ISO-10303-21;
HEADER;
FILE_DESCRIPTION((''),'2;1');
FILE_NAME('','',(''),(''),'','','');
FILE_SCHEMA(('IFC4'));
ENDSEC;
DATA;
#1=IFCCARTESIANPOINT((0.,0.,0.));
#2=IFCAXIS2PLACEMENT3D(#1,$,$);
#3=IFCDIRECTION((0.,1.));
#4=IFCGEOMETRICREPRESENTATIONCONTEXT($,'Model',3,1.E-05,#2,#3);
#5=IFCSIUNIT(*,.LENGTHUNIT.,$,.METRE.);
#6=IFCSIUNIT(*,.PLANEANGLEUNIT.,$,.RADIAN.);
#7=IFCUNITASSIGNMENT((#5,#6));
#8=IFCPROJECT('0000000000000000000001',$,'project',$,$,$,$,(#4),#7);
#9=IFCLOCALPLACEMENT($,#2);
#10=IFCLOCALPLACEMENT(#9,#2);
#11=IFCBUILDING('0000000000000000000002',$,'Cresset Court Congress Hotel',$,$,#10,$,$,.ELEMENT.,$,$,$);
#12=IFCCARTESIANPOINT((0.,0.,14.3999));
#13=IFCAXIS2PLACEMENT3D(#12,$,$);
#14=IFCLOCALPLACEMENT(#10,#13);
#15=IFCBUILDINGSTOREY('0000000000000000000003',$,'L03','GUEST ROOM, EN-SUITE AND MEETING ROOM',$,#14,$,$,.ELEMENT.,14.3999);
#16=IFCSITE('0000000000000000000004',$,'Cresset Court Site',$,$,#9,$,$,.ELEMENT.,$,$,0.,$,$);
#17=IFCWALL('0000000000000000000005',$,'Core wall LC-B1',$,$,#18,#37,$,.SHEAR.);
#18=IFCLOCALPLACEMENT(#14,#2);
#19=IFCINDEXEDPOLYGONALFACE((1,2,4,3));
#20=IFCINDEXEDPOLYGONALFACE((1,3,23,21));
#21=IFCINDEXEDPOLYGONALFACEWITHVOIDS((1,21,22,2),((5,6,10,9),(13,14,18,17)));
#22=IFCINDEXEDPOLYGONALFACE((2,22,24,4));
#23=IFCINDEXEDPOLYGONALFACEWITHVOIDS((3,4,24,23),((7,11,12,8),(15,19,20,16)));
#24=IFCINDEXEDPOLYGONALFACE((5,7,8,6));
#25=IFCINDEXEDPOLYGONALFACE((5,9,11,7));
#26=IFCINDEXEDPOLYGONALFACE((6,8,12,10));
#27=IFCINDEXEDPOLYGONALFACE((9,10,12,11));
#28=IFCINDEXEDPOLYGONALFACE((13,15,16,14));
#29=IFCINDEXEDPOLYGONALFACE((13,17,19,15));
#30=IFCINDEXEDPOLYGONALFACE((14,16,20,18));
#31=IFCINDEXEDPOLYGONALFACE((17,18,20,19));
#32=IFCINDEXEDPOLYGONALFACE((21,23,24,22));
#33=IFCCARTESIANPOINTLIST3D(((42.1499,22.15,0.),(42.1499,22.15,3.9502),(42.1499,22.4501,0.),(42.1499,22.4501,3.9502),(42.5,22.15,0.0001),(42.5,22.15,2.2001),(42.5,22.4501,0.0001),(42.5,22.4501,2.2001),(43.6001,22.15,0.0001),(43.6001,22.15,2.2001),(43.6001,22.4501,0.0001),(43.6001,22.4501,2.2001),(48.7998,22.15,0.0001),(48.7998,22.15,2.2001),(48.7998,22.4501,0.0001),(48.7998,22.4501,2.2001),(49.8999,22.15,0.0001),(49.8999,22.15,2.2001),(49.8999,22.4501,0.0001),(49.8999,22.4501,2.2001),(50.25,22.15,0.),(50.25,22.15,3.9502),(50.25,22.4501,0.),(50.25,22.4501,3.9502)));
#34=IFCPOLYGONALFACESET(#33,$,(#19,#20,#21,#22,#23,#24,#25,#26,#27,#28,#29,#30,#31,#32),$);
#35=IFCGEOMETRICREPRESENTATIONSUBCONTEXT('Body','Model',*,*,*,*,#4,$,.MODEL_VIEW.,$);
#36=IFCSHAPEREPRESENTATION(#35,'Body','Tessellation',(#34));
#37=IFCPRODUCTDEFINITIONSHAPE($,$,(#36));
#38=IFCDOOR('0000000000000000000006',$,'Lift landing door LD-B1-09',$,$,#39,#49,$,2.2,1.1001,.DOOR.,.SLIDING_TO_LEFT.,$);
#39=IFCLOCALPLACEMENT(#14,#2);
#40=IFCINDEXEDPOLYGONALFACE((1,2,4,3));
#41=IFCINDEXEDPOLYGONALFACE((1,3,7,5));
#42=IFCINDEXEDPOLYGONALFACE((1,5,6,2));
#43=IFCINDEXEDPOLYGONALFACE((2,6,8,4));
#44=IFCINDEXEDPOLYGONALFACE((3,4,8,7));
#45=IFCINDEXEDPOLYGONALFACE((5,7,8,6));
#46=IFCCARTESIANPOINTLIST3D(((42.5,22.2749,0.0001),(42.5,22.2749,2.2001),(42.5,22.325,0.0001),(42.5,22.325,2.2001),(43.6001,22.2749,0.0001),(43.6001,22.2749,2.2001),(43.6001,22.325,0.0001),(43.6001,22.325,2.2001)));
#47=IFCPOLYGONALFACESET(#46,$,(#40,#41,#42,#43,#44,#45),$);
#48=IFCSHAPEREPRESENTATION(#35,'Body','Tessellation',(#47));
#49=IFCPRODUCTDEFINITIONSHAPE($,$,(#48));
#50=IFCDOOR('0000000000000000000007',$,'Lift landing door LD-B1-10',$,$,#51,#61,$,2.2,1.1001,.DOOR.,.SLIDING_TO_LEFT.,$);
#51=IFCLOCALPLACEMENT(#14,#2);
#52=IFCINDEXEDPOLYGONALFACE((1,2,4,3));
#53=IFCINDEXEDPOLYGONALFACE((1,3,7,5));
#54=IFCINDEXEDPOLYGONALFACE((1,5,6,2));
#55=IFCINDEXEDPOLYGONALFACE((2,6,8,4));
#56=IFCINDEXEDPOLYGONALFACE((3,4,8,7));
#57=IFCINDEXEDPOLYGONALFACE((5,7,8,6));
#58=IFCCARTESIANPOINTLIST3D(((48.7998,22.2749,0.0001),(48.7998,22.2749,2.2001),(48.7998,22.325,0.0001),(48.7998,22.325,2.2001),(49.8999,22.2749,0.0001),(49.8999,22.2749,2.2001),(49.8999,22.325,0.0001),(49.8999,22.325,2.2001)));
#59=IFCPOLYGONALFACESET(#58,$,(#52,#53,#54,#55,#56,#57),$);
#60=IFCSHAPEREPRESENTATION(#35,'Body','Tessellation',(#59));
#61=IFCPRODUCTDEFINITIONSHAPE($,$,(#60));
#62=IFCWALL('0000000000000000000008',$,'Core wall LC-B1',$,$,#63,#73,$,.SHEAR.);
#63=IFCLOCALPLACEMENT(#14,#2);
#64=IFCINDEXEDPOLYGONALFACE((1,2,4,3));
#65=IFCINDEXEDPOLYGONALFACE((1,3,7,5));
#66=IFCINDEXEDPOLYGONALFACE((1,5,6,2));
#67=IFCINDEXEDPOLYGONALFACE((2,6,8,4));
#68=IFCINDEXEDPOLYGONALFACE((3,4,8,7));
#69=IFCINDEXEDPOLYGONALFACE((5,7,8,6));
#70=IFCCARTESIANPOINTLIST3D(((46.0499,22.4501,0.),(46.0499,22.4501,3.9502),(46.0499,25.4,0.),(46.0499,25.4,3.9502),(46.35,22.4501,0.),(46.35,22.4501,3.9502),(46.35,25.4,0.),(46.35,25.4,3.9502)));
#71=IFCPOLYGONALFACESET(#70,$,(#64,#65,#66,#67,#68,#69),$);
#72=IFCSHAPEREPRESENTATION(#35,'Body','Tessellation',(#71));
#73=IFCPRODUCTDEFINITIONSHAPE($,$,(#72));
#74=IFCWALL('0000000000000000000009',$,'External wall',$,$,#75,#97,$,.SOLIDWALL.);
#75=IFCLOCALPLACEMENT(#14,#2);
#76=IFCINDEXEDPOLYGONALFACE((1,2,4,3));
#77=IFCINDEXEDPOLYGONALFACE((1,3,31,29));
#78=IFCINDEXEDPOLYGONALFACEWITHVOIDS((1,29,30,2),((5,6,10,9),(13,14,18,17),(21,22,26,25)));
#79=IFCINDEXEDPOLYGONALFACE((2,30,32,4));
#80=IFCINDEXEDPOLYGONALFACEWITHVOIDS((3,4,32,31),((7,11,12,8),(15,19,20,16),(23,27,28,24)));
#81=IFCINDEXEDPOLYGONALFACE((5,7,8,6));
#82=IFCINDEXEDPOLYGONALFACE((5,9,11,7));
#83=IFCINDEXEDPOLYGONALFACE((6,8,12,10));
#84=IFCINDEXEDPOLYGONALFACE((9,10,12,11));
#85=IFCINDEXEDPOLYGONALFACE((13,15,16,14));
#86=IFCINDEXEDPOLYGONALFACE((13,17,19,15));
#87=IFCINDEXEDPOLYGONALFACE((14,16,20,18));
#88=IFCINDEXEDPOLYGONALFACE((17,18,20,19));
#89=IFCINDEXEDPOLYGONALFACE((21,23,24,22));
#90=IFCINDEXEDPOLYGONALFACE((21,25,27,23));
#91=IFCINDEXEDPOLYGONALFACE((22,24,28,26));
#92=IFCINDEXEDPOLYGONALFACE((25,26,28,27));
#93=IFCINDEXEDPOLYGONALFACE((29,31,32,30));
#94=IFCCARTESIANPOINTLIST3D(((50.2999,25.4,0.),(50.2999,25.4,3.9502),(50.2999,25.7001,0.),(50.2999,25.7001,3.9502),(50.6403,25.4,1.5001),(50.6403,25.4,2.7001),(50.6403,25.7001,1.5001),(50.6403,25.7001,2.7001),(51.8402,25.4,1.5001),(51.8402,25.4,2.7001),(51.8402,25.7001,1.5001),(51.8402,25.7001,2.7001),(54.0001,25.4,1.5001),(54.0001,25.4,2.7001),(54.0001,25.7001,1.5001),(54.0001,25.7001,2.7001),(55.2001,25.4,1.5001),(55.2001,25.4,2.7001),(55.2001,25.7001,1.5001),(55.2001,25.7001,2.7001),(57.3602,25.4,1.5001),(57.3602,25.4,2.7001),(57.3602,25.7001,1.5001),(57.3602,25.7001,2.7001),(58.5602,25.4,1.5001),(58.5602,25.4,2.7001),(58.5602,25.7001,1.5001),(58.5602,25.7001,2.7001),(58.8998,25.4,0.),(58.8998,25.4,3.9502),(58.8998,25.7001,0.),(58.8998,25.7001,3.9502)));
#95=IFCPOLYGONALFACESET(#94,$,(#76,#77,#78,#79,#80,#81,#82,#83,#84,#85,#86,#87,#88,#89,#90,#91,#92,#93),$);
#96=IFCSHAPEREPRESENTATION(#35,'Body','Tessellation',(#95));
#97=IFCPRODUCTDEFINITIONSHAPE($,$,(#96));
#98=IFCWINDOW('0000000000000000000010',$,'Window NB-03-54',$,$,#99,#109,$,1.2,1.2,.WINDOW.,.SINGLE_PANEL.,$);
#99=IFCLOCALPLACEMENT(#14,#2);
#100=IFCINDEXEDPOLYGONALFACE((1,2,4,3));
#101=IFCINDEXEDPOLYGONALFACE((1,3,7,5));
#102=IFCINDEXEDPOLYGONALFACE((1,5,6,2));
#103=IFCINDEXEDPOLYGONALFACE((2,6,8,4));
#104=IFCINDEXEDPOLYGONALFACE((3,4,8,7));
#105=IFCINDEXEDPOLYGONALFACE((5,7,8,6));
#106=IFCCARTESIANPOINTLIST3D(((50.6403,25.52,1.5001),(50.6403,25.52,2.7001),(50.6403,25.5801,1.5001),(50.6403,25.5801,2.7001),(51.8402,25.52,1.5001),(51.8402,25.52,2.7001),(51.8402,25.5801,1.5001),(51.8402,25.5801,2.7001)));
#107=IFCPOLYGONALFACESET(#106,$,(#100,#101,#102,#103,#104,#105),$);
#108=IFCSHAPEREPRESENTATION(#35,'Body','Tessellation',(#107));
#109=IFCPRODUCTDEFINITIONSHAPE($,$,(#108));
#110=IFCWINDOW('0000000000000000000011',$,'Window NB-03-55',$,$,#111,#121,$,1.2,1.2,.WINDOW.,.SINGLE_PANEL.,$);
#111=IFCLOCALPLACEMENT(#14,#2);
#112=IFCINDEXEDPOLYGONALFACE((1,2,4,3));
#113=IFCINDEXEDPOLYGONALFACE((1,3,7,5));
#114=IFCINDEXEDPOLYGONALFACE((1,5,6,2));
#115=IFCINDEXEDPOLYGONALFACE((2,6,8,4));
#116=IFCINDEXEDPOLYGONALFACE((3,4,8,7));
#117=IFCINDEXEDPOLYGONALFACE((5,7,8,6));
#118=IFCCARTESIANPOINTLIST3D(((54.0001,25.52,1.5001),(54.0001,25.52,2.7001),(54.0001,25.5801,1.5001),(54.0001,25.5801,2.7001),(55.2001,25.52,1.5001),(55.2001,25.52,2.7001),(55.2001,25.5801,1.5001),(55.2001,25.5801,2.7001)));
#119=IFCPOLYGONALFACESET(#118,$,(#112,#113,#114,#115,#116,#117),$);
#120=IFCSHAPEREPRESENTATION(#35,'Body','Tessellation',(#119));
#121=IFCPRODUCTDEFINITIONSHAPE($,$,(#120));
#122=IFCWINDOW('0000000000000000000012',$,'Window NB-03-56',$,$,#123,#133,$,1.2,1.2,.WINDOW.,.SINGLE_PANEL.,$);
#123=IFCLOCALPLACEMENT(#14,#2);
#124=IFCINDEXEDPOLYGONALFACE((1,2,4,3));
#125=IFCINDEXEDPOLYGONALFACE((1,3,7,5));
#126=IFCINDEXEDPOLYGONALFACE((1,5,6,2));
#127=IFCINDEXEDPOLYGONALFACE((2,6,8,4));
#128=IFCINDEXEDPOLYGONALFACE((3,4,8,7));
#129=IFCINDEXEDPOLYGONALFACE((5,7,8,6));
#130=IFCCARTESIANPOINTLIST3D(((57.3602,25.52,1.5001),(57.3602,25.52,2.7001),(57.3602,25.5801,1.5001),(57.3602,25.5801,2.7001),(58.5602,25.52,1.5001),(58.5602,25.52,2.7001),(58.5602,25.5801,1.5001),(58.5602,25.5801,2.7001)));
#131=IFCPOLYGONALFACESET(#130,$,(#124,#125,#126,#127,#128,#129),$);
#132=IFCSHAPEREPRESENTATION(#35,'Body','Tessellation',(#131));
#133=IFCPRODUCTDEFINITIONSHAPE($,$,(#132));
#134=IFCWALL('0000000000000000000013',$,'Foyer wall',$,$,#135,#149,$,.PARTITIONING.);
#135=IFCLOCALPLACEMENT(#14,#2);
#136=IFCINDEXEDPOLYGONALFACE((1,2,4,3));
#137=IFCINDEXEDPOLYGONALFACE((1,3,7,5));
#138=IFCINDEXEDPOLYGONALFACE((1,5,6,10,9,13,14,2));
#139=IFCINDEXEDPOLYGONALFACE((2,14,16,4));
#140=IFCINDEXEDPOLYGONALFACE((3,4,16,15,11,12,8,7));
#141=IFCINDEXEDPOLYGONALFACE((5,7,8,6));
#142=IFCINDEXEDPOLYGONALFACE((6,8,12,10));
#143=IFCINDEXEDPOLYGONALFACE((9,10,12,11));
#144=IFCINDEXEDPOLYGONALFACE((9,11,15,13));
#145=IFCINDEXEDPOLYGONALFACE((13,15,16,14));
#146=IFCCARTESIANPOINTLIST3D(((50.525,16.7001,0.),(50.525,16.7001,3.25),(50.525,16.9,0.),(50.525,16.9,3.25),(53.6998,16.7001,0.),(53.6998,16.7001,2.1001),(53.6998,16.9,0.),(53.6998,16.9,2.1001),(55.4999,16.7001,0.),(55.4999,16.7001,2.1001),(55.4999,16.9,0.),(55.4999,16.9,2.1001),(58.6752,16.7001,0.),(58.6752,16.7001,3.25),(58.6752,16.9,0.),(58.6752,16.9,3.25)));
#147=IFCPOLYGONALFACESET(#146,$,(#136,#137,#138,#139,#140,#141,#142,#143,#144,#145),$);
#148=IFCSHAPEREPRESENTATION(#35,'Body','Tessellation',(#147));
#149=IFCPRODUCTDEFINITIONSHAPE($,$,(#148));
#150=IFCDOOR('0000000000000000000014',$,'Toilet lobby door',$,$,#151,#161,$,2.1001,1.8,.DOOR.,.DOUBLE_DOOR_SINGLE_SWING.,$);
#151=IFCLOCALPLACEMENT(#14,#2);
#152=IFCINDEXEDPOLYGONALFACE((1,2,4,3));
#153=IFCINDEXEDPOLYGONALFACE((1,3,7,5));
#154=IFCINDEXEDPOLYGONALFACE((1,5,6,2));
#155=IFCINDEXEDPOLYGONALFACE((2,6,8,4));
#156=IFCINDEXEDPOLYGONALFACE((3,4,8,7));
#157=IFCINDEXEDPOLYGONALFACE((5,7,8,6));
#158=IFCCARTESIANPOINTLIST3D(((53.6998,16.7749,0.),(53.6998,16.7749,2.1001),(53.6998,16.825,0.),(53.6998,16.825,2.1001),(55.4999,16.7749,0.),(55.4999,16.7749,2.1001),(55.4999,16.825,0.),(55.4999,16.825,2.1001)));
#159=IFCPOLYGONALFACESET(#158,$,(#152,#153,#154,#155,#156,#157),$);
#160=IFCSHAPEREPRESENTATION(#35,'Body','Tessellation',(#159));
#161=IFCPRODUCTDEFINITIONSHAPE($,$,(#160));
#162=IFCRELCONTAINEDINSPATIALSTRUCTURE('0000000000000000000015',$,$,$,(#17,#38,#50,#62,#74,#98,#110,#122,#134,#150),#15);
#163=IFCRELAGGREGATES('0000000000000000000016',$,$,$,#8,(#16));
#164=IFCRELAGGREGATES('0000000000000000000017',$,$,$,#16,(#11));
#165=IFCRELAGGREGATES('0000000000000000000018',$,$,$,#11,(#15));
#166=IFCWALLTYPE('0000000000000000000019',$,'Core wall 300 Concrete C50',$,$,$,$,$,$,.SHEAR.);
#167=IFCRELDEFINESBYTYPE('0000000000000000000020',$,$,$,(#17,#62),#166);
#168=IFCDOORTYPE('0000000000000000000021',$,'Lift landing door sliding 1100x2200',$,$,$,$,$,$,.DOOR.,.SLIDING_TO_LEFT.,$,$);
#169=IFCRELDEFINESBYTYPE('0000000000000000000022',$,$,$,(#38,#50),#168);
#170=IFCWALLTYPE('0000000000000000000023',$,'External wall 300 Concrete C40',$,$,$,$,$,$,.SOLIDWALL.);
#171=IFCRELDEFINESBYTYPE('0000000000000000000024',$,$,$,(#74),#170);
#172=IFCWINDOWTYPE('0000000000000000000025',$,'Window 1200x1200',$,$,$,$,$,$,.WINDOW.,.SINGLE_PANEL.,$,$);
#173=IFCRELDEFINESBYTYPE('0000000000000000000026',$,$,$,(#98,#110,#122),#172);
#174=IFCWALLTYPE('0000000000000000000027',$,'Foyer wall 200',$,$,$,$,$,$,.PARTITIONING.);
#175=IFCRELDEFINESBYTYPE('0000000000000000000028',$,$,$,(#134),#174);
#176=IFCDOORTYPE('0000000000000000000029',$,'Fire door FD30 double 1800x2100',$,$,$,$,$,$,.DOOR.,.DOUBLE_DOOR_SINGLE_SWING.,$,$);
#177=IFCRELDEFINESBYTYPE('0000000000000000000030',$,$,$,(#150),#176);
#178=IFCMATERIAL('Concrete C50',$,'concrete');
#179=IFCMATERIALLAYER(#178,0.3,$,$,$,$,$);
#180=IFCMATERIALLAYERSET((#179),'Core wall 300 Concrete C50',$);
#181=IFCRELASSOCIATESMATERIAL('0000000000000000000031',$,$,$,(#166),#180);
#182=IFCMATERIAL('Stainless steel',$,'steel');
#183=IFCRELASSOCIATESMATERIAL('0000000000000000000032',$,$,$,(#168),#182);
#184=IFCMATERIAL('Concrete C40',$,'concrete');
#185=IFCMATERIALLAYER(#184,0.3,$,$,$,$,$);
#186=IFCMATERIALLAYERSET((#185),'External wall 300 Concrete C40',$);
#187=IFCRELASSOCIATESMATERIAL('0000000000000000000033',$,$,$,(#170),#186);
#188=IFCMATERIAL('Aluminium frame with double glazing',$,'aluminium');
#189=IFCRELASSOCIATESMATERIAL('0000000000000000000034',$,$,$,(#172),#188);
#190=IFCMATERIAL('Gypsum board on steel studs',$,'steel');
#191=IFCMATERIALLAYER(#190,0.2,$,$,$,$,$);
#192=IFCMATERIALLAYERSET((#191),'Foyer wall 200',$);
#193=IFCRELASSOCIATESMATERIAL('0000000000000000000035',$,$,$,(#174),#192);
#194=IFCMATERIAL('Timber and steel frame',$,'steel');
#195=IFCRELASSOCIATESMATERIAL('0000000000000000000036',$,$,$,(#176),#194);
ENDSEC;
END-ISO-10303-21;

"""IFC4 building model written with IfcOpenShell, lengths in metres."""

from ifc_helpers import new_model, si_unit, direction, frame, frame_2d, origin, place, context, subcontext, project, spatial, rectangle, extrude, material, layer, layer_set, type_object, element, fill, save


model = new_model("IFC4")

# Units and contexts
model_context = context("Model", 3, precision=1e-05, world=origin(), true_north=direction((0.0, 1.0)))
body_context = subcontext(model_context, "Body", "Model", "MODEL_VIEW")
ifc_project = project(units=[si_unit("LENGTHUNIT", "METRE"), si_unit("PLANEANGLEUNIT", "RADIAN")], contexts=[model_context])

# Site, building, storey
site_placement = place(None, origin())
site = spatial("IfcSite", under=ifc_project, at=site_placement, Name="Cresset Court Site", CompositionType="ELEMENT", RefElevation=0.0)
building_placement = place(site_placement, origin())
building = spatial("IfcBuilding", under=site, at=building_placement, Name="Cresset Court Congress Hotel", CompositionType="ELEMENT")
storey_placement = place(building_placement, frame((0.0, 0.0, 14.3999)))
storey = spatial("IfcBuildingStorey", under=building, at=storey_placement, Name="L03", Description="GUEST ROOM, EN-SUITE AND MEETING ROOM", CompositionType="ELEMENT", Elevation=14.3999)

# Shared definitions
ifc_material_1 = material(Name="Concrete C50", Category="concrete")
ifc_layer_1 = layer(ifc_material_1, 0.3)
ifc_layer_set_1 = layer_set([ifc_layer_1], Name="Core wall 300 Concrete C50")
wall_type_1 = type_object("IfcWallType", Name="Core wall 300 Concrete C50", PredefinedType="SHEAR", material=ifc_layer_set_1)

# Wall, openings, doors
wall_1_placement = place(storey_placement, frame((42.1499, 22.3, 0.0), z_axis=(0.0, 0.0, 1.0), x_axis=(1.0, 0.0, 0.0)))
wall_1 = element("IfcWall", 1, at=wall_1_placement, inside=storey, type_object=wall_type_1, Name="Core wall LC-B1", PredefinedType="SHEAR", context=body_context, shape_type="SweptSolid", body=[
    extrude(rectangle(XDim=8.1001, YDim=0.3, at=frame_2d((4.05, 0.0))), origin(), (0.0, 0.0, 1.0), 3.9502),
])
opening_1_placement = place(wall_1_placement, frame((0.3501, 0.0, 0.0)))
opening_1 = element("IfcOpeningElement", 2, at=opening_1_placement, cuts=wall_1, PredefinedType="OPENING", context=body_context, shape_type="SweptSolid", body=[
    extrude(rectangle(XDim=1.1001, YDim=2.2, at=frame_2d((0.55, 1.1001))), frame((0.0, 0.1599, 0.0), z_axis=(0.0, -1.0, 0.0), x_axis=(1.0, 0.0, 0.0)), (0.0, 0.0, 1.0), 0.3201),
])
opening_2_placement = place(wall_1_placement, frame((6.6499, 0.0, 0.0)))
opening_2 = element("IfcOpeningElement", 3, at=opening_2_placement, cuts=wall_1, PredefinedType="OPENING", context=body_context, shape_type="SweptSolid", body=[
    extrude(rectangle(XDim=1.1001, YDim=2.2, at=frame_2d((0.55, 1.1001))), frame((0.0, 0.1599, 0.0), z_axis=(0.0, -1.0, 0.0), x_axis=(1.0, 0.0, 0.0)), (0.0, 0.0, 1.0), 0.3201),
])
ifc_material_2 = material(Name="Stainless steel", Category="steel")
door_type_1 = type_object("IfcDoorType", Name="Lift landing door sliding 1100x2200", OperationType="SLIDING_TO_LEFT", PredefinedType="DOOR", material=ifc_material_2)
door_1_placement = place(opening_1_placement, origin())
door_1 = element("IfcDoor", 4, at=door_1_placement, inside=storey, type_object=door_type_1, Name="Lift landing door LD-B1-09", OperationType="SLIDING_TO_LEFT", OverallHeight=2.2, OverallWidth=1.1001, PredefinedType="DOOR", context=body_context, shape_type="SweptSolid", body=[
    extrude(rectangle(XDim=1.1001, YDim=2.2, at=frame_2d((0.55, 1.1001))), frame((0.0, 0.0249, 0.0), z_axis=(0.0, -1.0, 0.0), x_axis=(1.0, 0.0, 0.0)), (0.0, 0.0, 1.0), 0.05),
])
fill(opening_1, door_1)
door_2_placement = place(opening_2_placement, origin())
door_2 = element("IfcDoor", 5, at=door_2_placement, inside=storey, type_object=door_type_1, Name="Lift landing door LD-B1-10", OperationType="SLIDING_TO_LEFT", OverallHeight=2.2, OverallWidth=1.1001, PredefinedType="DOOR", context=body_context, shape_type="SweptSolid", body=[
    extrude(rectangle(XDim=1.1001, YDim=2.2, at=frame_2d((0.55, 1.1001))), frame((0.0, 0.0249, 0.0), z_axis=(0.0, -1.0, 0.0), x_axis=(1.0, 0.0, 0.0)), (0.0, 0.0, 1.0), 0.05),
])
fill(opening_2, door_2)

# Wall
wall_2_placement = place(storey_placement, frame((46.2, 22.45, 0.0), z_axis=(0.0, 0.0, 1.0), x_axis=(0.0, 1.0, 0.0)))
element("IfcWall", 6, at=wall_2_placement, inside=storey, type_object=wall_type_1, Name="Core wall LC-B1", PredefinedType="SHEAR", context=body_context, shape_type="SweptSolid", body=[
    extrude(rectangle(XDim=2.95, YDim=0.3, at=frame_2d((1.4751, 0.0))), origin(), (0.0, 0.0, 1.0), 3.9502),
])

# Wall, openings, windows
ifc_material_3 = material(Name="Concrete C40", Category="concrete")
ifc_layer_2 = layer(ifc_material_3, 0.3)
ifc_layer_set_2 = layer_set([ifc_layer_2], Name="External wall 300 Concrete C40")
wall_type_2 = type_object("IfcWallType", Name="External wall 300 Concrete C40", PredefinedType="SOLIDWALL", material=ifc_layer_set_2)
wall_3_placement = place(storey_placement, frame((50.3, 25.55, 0.0), z_axis=(0.0, 0.0, 1.0), x_axis=(1.0, 0.0, 0.0)))
wall_3 = element("IfcWall", 7, at=wall_3_placement, inside=storey, type_object=wall_type_2, Name="External wall", PredefinedType="SOLIDWALL", context=body_context, shape_type="SweptSolid", body=[
    extrude(rectangle(XDim=8.5999, YDim=0.3, at=frame_2d((4.2998, 0.0))), origin(), (0.0, 0.0, 1.0), 3.9502),
])
opening_3_placement = place(wall_3_placement, frame((0.3401, 0.0, 1.5)))
opening_3 = element("IfcOpeningElement", 8, at=opening_3_placement, cuts=wall_3, PredefinedType="OPENING", context=body_context, shape_type="SweptSolid", body=[
    extrude(rectangle(XDim=1.2, YDim=1.2, at=frame_2d((0.6001, 0.6001))), frame((0.0, 0.1599, 0.0), z_axis=(0.0, -1.0, 0.0), x_axis=(1.0, 0.0, 0.0)), (0.0, 0.0, 1.0), 0.3201),
])
opening_4_placement = place(wall_3_placement, frame((3.7, 0.0, 1.5)))
opening_4 = element("IfcOpeningElement", 9, at=opening_4_placement, cuts=wall_3, PredefinedType="OPENING", context=body_context, shape_type="SweptSolid", body=[
    extrude(rectangle(XDim=1.2, YDim=1.2, at=frame_2d((0.6001, 0.6001))), frame((0.0, 0.1599, 0.0), z_axis=(0.0, -1.0, 0.0), x_axis=(1.0, 0.0, 0.0)), (0.0, 0.0, 1.0), 0.3201),
])
opening_5_placement = place(wall_3_placement, frame((7.0601, 0.0, 1.5)))
opening_5 = element("IfcOpeningElement", 10, at=opening_5_placement, cuts=wall_3, PredefinedType="OPENING", context=body_context, shape_type="SweptSolid", body=[
    extrude(rectangle(XDim=1.2, YDim=1.2, at=frame_2d((0.6001, 0.6001))), frame((0.0, 0.1599, 0.0), z_axis=(0.0, -1.0, 0.0), x_axis=(1.0, 0.0, 0.0)), (0.0, 0.0, 1.0), 0.3201),
])
ifc_material_4 = material(Name="Aluminium frame with double glazing", Category="aluminium")
window_type = type_object("IfcWindowType", Name="Window 1200x1200", PartitioningType="SINGLE_PANEL", PredefinedType="WINDOW", material=ifc_material_4)
window_1_placement = place(opening_3_placement, origin())
window_1 = element("IfcWindow", 11, at=window_1_placement, inside=storey, type_object=window_type, Name="Window NB-03-54", OverallHeight=1.2, OverallWidth=1.2, PartitioningType="SINGLE_PANEL", PredefinedType="WINDOW", context=body_context, shape_type="SweptSolid", body=[
    extrude(rectangle(XDim=1.2, YDim=1.2, at=frame_2d((0.6001, 0.6001))), frame((0.0, 0.03, 0.0), z_axis=(0.0, -1.0, 0.0), x_axis=(1.0, 0.0, 0.0)), (0.0, 0.0, 1.0), 0.0601),
])
fill(opening_3, window_1)
window_2_placement = place(opening_4_placement, origin())
window_2 = element("IfcWindow", 12, at=window_2_placement, inside=storey, type_object=window_type, Name="Window NB-03-55", OverallHeight=1.2, OverallWidth=1.2, PartitioningType="SINGLE_PANEL", PredefinedType="WINDOW", context=body_context, shape_type="SweptSolid", body=[
    extrude(rectangle(XDim=1.2, YDim=1.2, at=frame_2d((0.6001, 0.6001))), frame((0.0, 0.03, 0.0), z_axis=(0.0, -1.0, 0.0), x_axis=(1.0, 0.0, 0.0)), (0.0, 0.0, 1.0), 0.0601),
])
fill(opening_4, window_2)
window_3_placement = place(opening_5_placement, origin())
window_3 = element("IfcWindow", 13, at=window_3_placement, inside=storey, type_object=window_type, Name="Window NB-03-56", OverallHeight=1.2, OverallWidth=1.2, PartitioningType="SINGLE_PANEL", PredefinedType="WINDOW", context=body_context, shape_type="SweptSolid", body=[
    extrude(rectangle(XDim=1.2, YDim=1.2, at=frame_2d((0.6001, 0.6001))), frame((0.0, 0.03, 0.0), z_axis=(0.0, -1.0, 0.0), x_axis=(1.0, 0.0, 0.0)), (0.0, 0.0, 1.0), 0.0601),
])
fill(opening_5, window_3)

# Wall, opening, door
ifc_material_5 = material(Name="Gypsum board on steel studs", Category="steel")
ifc_layer_3 = layer(ifc_material_5, 0.2)
ifc_layer_set_3 = layer_set([ifc_layer_3], Name="Foyer wall 200")
wall_type_3 = type_object("IfcWallType", Name="Foyer wall 200", PredefinedType="PARTITIONING", material=ifc_layer_set_3)
wall_4_placement = place(storey_placement, frame((50.5249, 16.8, 0.0), z_axis=(0.0, 0.0, 1.0), x_axis=(1.0, 0.0, 0.0)))
wall_4 = element("IfcWall", 14, at=wall_4_placement, inside=storey, type_object=wall_type_3, Name="Foyer wall", PredefinedType="PARTITIONING", context=body_context, shape_type="SweptSolid", body=[
    extrude(rectangle(XDim=8.1501, YDim=0.2, at=frame_2d((4.0752, 0.0))), origin(), (0.0, 0.0, 1.0), 3.25),
])
opening_6_placement = place(wall_4_placement, frame((3.175, 0.0, 0.0)))
opening_6 = element("IfcOpeningElement", 15, at=opening_6_placement, cuts=wall_4, PredefinedType="OPENING", context=body_context, shape_type="SweptSolid", body=[
    extrude(rectangle(XDim=1.8, YDim=2.1001, at=frame_2d((0.8999, 1.05))), frame((0.0, 0.1099, 0.0), z_axis=(0.0, -1.0, 0.0), x_axis=(1.0, 0.0, 0.0)), (0.0, 0.0, 1.0), 0.22),
])
ifc_material_6 = material(Name="Timber and steel frame", Category="steel")
door_type_2 = type_object("IfcDoorType", Name="Fire door FD30 double 1800x2100", OperationType="DOUBLE_DOOR_SINGLE_SWING", PredefinedType="DOOR", material=ifc_material_6)
door_3_placement = place(opening_6_placement, origin())
door_3 = element("IfcDoor", 16, at=door_3_placement, inside=storey, type_object=door_type_2, Name="Toilet lobby door", OperationType="DOUBLE_DOOR_SINGLE_SWING", OverallHeight=2.1001, OverallWidth=1.8, PredefinedType="DOOR", context=body_context, shape_type="SweptSolid", body=[
    extrude(rectangle(XDim=1.8, YDim=2.1001, at=frame_2d((0.8999, 1.05))), frame((0.0, 0.0249, 0.0), z_axis=(0.0, -1.0, 0.0), x_axis=(1.0, 0.0, 0.0)), (0.0, 0.0, 1.0), 0.05),
])
fill(opening_6, door_3)

save(model, "model.ifc")
